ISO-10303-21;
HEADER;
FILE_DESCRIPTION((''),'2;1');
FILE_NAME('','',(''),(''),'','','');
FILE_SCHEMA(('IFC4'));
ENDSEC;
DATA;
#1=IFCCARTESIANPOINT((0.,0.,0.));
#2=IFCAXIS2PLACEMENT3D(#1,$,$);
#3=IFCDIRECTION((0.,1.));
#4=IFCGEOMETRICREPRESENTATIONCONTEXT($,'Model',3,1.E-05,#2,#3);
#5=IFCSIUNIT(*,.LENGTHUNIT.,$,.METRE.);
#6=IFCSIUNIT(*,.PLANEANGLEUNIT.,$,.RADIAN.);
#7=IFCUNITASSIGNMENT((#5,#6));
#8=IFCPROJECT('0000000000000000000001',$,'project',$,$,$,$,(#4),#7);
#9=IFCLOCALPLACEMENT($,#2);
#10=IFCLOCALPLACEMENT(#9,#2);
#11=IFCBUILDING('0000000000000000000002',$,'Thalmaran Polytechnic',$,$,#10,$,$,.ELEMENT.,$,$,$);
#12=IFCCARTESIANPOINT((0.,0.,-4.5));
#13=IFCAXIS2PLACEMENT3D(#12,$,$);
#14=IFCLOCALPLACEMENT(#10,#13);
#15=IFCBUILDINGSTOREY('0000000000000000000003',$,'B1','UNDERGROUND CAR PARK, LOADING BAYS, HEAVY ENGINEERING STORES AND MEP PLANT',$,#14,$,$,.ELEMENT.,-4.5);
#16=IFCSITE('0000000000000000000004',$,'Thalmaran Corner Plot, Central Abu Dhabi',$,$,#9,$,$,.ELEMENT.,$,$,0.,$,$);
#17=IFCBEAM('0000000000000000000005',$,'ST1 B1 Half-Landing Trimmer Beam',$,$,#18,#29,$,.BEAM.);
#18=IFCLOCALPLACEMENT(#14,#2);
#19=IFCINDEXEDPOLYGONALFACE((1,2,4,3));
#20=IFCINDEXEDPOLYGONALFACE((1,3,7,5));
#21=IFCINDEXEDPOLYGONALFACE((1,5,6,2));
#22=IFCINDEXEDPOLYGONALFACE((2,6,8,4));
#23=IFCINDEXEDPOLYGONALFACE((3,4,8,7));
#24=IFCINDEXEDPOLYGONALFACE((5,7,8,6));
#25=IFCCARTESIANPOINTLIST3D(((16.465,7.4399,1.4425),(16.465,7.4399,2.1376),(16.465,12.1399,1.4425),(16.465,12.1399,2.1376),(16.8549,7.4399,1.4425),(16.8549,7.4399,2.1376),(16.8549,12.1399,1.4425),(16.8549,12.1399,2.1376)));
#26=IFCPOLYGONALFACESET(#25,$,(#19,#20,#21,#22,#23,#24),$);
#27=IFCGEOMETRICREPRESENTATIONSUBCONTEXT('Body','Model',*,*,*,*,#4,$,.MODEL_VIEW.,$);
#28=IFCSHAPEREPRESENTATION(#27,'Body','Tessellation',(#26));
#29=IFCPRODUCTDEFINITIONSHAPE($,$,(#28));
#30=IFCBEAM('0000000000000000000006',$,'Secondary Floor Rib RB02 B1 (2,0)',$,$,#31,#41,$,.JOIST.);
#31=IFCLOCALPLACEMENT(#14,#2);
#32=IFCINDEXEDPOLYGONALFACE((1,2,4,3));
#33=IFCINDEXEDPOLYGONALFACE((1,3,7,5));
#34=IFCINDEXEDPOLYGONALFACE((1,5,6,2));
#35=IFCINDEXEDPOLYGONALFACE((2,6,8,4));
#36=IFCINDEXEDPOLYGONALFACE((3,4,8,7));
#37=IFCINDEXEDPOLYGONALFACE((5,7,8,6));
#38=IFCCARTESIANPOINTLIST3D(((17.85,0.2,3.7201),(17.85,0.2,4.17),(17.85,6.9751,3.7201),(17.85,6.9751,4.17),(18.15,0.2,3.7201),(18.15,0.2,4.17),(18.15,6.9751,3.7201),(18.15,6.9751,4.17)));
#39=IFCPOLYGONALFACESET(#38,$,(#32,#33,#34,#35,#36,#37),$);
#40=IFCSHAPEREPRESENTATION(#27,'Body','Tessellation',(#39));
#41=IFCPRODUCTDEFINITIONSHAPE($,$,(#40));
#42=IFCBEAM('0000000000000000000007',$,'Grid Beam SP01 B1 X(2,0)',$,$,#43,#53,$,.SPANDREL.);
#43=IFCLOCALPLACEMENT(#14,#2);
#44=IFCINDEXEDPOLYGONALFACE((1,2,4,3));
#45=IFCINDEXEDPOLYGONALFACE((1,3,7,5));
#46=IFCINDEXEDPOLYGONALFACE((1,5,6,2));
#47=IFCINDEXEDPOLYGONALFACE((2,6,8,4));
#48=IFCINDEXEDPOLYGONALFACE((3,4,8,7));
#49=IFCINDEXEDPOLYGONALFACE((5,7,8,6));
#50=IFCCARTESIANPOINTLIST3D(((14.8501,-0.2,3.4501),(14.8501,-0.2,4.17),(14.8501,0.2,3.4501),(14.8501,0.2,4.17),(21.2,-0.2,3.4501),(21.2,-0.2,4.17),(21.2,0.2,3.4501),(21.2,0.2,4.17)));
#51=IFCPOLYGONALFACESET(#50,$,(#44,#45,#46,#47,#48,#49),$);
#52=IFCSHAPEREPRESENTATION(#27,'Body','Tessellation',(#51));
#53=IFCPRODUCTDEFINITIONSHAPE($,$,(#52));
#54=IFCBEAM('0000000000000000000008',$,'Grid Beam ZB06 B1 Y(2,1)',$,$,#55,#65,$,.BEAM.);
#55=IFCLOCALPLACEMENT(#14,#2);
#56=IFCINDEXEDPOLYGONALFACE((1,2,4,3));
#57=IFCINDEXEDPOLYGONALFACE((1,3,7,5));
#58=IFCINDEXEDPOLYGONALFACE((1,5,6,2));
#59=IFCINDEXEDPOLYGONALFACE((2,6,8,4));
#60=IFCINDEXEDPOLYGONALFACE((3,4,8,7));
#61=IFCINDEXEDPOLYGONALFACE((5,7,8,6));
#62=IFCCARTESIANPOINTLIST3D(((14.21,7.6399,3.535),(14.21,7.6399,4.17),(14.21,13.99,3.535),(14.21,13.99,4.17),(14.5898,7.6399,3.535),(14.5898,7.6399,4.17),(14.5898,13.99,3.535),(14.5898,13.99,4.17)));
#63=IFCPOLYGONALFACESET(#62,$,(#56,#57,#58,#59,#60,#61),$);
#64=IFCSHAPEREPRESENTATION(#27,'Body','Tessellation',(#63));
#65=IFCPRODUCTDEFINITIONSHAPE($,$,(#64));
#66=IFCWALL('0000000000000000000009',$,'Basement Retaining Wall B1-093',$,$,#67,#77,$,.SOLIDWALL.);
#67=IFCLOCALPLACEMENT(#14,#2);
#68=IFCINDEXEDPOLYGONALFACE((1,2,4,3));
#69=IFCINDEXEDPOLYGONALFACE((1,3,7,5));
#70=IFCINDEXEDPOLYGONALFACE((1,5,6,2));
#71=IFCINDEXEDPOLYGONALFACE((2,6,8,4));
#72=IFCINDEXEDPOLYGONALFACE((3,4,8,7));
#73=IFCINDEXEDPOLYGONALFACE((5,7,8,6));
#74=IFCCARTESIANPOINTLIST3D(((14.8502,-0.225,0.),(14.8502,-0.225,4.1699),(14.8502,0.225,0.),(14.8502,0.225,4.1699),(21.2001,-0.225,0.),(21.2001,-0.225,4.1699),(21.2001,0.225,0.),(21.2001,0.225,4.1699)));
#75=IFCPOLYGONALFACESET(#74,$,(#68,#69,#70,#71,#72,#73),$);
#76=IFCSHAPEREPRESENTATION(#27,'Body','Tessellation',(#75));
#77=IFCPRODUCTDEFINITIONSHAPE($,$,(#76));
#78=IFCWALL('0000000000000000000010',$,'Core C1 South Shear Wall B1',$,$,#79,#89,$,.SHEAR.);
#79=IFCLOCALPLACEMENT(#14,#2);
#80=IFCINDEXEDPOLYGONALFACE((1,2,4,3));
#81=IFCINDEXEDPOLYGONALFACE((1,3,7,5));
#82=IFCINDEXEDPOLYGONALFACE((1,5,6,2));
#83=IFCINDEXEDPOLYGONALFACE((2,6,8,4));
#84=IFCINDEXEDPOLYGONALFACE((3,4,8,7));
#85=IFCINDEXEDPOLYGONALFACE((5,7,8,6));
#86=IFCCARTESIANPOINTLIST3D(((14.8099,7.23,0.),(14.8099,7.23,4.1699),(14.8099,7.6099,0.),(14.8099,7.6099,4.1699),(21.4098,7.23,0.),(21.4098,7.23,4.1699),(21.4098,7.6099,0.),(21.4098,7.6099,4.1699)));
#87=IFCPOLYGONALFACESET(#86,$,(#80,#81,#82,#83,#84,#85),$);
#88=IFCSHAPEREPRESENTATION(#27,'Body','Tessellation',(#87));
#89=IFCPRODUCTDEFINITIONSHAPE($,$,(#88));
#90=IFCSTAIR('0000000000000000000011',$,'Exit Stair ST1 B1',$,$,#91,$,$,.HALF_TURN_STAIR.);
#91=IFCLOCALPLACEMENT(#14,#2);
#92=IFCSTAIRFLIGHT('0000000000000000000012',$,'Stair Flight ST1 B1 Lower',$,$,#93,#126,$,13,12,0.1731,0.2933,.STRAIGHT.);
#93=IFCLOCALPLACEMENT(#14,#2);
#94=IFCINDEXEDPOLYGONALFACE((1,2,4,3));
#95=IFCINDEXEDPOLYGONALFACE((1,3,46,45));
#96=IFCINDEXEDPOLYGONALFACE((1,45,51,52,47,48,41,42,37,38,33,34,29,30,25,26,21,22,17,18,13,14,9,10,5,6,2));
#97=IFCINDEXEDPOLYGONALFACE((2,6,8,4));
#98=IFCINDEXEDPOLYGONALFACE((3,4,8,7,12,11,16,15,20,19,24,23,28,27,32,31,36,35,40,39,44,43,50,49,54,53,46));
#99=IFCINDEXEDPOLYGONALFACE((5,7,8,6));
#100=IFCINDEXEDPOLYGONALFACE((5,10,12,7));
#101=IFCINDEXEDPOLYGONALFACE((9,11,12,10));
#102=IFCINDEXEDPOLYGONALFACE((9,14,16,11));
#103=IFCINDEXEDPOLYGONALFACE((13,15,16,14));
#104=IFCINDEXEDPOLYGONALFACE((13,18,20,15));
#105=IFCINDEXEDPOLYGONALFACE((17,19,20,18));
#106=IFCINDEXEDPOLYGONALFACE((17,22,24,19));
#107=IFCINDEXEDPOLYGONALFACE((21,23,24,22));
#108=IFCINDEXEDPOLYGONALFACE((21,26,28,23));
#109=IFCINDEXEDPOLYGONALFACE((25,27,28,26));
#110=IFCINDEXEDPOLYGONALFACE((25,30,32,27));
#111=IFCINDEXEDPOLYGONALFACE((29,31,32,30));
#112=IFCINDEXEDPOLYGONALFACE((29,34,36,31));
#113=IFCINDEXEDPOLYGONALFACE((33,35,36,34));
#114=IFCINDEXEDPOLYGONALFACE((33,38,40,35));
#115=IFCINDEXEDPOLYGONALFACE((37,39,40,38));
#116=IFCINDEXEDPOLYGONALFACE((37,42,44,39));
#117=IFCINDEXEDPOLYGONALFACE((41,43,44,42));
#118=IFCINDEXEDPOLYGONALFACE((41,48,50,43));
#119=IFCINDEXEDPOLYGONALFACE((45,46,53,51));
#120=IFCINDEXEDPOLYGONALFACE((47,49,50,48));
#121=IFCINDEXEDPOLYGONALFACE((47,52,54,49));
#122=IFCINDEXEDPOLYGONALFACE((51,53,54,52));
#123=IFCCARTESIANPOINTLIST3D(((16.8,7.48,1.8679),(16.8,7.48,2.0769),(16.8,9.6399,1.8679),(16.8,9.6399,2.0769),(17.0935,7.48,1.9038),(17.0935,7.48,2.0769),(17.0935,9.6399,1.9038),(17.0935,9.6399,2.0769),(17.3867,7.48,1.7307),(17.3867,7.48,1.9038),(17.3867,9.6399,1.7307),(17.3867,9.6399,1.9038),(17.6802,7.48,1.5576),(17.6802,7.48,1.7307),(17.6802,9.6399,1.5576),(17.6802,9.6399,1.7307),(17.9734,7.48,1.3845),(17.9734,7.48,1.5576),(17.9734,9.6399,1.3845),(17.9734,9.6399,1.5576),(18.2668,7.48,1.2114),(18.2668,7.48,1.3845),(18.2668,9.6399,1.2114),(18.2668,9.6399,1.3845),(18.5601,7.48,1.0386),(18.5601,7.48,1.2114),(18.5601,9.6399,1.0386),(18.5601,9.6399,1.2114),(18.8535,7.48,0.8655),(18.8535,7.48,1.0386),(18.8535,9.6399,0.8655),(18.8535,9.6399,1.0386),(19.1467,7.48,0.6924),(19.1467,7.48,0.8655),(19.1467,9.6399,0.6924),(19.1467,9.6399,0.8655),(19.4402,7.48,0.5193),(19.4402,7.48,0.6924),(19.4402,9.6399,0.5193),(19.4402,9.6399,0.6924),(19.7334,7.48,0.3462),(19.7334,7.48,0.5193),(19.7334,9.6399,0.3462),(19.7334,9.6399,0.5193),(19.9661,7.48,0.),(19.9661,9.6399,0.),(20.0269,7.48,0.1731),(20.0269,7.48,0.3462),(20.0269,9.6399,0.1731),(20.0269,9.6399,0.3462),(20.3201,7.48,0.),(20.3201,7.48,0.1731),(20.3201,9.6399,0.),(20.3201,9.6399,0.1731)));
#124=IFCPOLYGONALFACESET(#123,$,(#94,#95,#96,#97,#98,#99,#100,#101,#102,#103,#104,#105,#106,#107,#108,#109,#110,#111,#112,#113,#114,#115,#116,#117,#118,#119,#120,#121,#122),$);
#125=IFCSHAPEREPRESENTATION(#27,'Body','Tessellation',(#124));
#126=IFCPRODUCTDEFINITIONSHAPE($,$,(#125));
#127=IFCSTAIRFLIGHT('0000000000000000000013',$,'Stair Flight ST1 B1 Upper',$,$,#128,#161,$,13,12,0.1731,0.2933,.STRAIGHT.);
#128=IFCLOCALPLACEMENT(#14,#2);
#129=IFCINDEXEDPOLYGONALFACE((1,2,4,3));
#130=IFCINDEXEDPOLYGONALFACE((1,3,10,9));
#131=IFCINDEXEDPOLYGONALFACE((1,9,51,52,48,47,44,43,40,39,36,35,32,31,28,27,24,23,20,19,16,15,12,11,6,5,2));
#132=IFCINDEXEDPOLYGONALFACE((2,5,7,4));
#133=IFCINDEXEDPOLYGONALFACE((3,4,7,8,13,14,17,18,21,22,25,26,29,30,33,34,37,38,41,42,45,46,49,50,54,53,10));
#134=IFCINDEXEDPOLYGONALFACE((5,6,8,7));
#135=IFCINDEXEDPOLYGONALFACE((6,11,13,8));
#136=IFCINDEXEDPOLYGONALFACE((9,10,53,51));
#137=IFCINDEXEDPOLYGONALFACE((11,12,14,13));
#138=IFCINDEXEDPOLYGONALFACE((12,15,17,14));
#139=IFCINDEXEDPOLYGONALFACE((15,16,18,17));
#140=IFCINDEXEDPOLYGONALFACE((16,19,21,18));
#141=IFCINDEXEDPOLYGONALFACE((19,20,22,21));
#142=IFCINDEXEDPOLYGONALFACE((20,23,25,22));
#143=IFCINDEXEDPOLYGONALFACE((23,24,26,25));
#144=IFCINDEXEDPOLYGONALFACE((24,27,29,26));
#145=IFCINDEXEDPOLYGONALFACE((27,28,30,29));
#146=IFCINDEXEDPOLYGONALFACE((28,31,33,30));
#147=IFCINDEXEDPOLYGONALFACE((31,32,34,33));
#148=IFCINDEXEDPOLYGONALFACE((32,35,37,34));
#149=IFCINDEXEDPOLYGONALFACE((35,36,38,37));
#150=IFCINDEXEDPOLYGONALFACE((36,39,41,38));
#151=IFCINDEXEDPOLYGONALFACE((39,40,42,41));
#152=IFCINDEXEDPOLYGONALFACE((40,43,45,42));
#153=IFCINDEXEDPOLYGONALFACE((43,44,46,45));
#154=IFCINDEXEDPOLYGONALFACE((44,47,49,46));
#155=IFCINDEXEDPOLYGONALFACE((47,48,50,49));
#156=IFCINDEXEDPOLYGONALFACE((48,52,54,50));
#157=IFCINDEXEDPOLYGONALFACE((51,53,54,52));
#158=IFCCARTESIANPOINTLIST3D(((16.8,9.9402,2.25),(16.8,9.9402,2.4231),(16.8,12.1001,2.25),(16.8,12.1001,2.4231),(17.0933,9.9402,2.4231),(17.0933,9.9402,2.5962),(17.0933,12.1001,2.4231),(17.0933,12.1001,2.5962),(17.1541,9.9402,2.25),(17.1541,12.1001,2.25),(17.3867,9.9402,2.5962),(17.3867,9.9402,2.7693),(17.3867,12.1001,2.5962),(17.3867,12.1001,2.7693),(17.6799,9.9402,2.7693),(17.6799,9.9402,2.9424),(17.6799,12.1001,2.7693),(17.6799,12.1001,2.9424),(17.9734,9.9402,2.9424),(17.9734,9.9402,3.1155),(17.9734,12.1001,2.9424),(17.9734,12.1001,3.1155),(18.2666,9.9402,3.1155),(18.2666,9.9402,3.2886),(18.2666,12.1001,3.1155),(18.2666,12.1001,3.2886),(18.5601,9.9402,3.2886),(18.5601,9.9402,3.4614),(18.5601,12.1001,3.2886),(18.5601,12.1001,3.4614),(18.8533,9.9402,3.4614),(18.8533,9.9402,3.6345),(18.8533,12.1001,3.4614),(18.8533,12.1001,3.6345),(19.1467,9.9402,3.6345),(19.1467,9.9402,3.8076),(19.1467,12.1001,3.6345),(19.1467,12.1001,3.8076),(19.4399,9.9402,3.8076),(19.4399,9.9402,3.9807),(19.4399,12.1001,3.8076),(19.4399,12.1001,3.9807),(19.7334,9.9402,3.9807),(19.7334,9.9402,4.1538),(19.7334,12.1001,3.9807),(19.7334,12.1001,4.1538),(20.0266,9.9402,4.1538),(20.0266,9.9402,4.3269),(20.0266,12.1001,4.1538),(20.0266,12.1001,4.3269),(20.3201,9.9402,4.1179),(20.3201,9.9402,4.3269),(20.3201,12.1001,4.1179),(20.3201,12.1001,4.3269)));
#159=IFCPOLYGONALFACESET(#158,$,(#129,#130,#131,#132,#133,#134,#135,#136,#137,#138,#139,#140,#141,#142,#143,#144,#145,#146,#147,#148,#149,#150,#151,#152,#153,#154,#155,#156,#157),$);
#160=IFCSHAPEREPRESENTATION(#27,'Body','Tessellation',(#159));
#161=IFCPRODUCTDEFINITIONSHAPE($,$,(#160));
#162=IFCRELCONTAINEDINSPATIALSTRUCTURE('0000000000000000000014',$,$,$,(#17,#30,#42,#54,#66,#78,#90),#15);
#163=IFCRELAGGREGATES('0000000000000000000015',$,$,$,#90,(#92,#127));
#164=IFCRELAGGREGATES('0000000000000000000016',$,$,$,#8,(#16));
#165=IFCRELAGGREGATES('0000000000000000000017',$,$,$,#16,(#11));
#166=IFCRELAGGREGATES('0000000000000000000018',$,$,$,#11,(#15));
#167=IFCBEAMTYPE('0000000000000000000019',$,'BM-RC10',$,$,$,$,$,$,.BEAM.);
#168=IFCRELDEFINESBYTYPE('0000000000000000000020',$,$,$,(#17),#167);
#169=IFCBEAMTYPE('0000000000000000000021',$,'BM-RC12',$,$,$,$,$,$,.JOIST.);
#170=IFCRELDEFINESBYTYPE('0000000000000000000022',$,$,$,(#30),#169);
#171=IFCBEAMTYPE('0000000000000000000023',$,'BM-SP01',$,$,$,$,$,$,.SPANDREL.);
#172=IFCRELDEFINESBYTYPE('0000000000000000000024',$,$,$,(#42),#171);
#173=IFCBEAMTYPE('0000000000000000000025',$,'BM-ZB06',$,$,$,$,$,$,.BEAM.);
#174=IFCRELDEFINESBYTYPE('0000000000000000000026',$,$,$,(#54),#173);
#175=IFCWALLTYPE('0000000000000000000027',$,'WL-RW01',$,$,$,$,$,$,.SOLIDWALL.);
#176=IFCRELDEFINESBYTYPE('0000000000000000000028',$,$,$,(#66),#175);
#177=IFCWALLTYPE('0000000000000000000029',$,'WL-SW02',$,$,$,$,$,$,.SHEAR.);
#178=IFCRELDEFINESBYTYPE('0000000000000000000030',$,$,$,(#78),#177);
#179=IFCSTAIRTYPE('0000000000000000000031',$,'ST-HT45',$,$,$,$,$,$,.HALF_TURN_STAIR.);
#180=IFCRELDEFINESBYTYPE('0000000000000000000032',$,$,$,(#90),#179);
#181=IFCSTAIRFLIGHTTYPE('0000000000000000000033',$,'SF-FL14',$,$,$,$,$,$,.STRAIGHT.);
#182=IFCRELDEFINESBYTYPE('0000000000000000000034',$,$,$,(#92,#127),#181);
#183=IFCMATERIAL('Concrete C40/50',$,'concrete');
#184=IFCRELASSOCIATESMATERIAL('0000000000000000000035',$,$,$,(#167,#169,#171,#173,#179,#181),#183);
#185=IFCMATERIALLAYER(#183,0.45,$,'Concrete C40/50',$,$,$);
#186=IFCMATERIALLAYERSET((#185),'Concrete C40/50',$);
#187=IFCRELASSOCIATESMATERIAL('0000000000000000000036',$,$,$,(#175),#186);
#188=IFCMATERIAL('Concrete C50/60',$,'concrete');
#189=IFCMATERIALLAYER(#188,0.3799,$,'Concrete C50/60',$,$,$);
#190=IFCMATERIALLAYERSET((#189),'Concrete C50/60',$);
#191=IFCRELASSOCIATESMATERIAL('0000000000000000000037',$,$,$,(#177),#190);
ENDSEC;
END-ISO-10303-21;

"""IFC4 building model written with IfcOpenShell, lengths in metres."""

from ifc_helpers import new_model, si_unit, direction, frame, frame_2d, origin, origin_2d, place, context, subcontext, project, spatial, polyline, rectangle, outline, extrude, material, layer, layer_set, material_profile, profile_set, type_object, element, aggregate, save


model = new_model("IFC4")

# Units and contexts
model_context = context("Model", 3, precision=1e-05, world=origin(), true_north=direction((0.0, 1.0)))
body_context = subcontext(model_context, "Body", "Model", "MODEL_VIEW")
ifc_project = project(units=[si_unit("LENGTHUNIT", "METRE"), si_unit("PLANEANGLEUNIT", "RADIAN")], contexts=[model_context])

# Site, building, storey
site_placement = place(None, origin())
site = spatial("IfcSite", under=ifc_project, at=site_placement, Name="Thalmaran Corner Plot, Central Abu Dhabi", CompositionType="ELEMENT", RefElevation=0.0)
building_placement = place(site_placement, origin())
building = spatial("IfcBuilding", under=site, at=building_placement, Name="Thalmaran Polytechnic", CompositionType="ELEMENT")
storey_placement = place(building_placement, frame((0.0, 0.0, -4.5)))
storey = spatial("IfcBuildingStorey", under=building, at=storey_placement, Name="B1", Description="UNDERGROUND CAR PARK, LOADING BAYS, HEAVY ENGINEERING STORES AND MEP PLANT", CompositionType="ELEMENT", Elevation=-4.5)

# Shared definitions
ifc_material_1 = material(Name="Concrete C40/50", Category="concrete")

# Shared definitions
ifc_material_2 = material(Name="Concrete C50/60", Category="concrete")

# Beams
ifc_material_profile_1 = material_profile(ifc_material_1, rectangle(XDim=0.3899, YDim=0.6951, at=origin_2d()), Name="RC 390x695")
ifc_profile_set_1 = profile_set([ifc_material_profile_1], Name="Concrete C40/50")
beam_type_1 = type_object("IfcBeamType", Name="BM-RC10", PredefinedType="BEAM", material=ifc_profile_set_1)
beam_1_placement = place(storey_placement, frame((16.6599, 7.4399, 1.79), z_axis=(0.0, 1.0, 0.0), x_axis=(-1.0, 0.0, 0.0)))
element("IfcBeam", 1, at=beam_1_placement, inside=storey, type_object=beam_type_1, Name="ST1 B1 Half-Landing Trimmer Beam", PredefinedType="BEAM", context=body_context, shape_type="SweptSolid", body=[
    extrude(rectangle(XDim=0.3899, YDim=0.6951, at=origin_2d()), origin(), (0.0, 0.0, 1.0), 4.7),
])
ifc_material_profile_2 = material_profile(ifc_material_1, rectangle(XDim=0.3, YDim=0.45, at=origin_2d()), Name="RC 300x450")
ifc_profile_set_2 = profile_set([ifc_material_profile_2], Name="Concrete C40/50")
beam_type_2 = type_object("IfcBeamType", Name="BM-RC12", PredefinedType="JOIST", material=ifc_profile_set_2)
beam_2_placement = place(storey_placement, frame((18.0, 0.2, 3.9451), z_axis=(0.0, 1.0, 0.0), x_axis=(-1.0, 0.0, 0.0)))
element("IfcBeam", 2, at=beam_2_placement, inside=storey, type_object=beam_type_2, Name="Secondary Floor Rib RB02 B1 (2,0)", PredefinedType="JOIST", context=body_context, shape_type="SweptSolid", body=[
    extrude(rectangle(XDim=0.3, YDim=0.45, at=origin_2d()), origin(), (0.0, 0.0, 1.0), 6.7751),
])
ifc_material_profile_3 = material_profile(ifc_material_1, rectangle(XDim=0.3999, YDim=0.72, at=origin_2d()), Name="RC 400x720")
ifc_profile_set_3 = profile_set([ifc_material_profile_3], Name="Concrete C40/50")
beam_type_3 = type_object("IfcBeamType", Name="BM-SP01", PredefinedType="SPANDREL", material=ifc_profile_set_3)
beam_3_placement = place(storey_placement, frame((14.8501, 0.0, 3.8101), z_axis=(1.0, 0.0, 0.0), x_axis=(0.0, 1.0, 0.0)))
element("IfcBeam", 3, at=beam_3_placement, inside=storey, type_object=beam_type_3, Name="Grid Beam SP01 B1 X(2,0)", PredefinedType="SPANDREL", context=body_context, shape_type="SweptSolid", body=[
    extrude(rectangle(XDim=0.3999, YDim=0.72, at=origin_2d()), origin(), (0.0, 0.0, 1.0), 6.3499),
])
ifc_material_profile_4 = material_profile(ifc_material_1, rectangle(XDim=0.3799, YDim=0.635, at=origin_2d()), Name="RC 380x635")
ifc_profile_set_4 = profile_set([ifc_material_profile_4], Name="Concrete C40/50")
beam_type_4 = type_object("IfcBeamType", Name="BM-ZB06", PredefinedType="BEAM", material=ifc_profile_set_4)
beam_4_placement = place(storey_placement, frame((14.3999, 7.6399, 3.8525), z_axis=(0.0, 1.0, 0.0), x_axis=(-1.0, 0.0, 0.0)))
element("IfcBeam", 4, at=beam_4_placement, inside=storey, type_object=beam_type_4, Name="Grid Beam ZB06 B1 Y(2,1)", PredefinedType="BEAM", context=body_context, shape_type="SweptSolid", body=[
    extrude(rectangle(XDim=0.3799, YDim=0.635, at=origin_2d()), origin(), (0.0, 0.0, 1.0), 6.3501),
])

# Walls
ifc_layer_1 = layer(ifc_material_1, 0.45, Name="Concrete C40/50")
ifc_layer_set_1 = layer_set([ifc_layer_1], Name="Concrete C40/50")
wall_type_1 = type_object("IfcWallType", Name="WL-RW01", PredefinedType="SOLIDWALL", material=ifc_layer_set_1)
wall_1_placement = place(storey_placement, frame((21.2, 0.0, 0.0), z_axis=(0.0, 0.0, 1.0), x_axis=(-1.0, 0.0, 0.0)))
element("IfcWall", 5, at=wall_1_placement, inside=storey, type_object=wall_type_1, Name="Basement Retaining Wall B1-093", PredefinedType="SOLIDWALL", context=body_context, shape_type="SweptSolid", body=[
    extrude(rectangle(XDim=6.3499, YDim=0.45, at=frame_2d((3.1748, 0.0))), origin(), (0.0, 0.0, 1.0), 4.1699),
])
ifc_layer_2 = layer(ifc_material_2, 0.3799, Name="Concrete C50/60")
ifc_layer_set_2 = layer_set([ifc_layer_2], Name="Concrete C50/60")
wall_type_2 = type_object("IfcWallType", Name="WL-SW02", PredefinedType="SHEAR", material=ifc_layer_set_2)
wall_2_placement = place(storey_placement, frame((14.8101, 7.4199, 0.0), z_axis=(0.0, 0.0, 1.0), x_axis=(1.0, 0.0, 0.0)))
element("IfcWall", 6, at=wall_2_placement, inside=storey, type_object=wall_type_2, Name="Core C1 South Shear Wall B1", PredefinedType="SHEAR", context=body_context, shape_type="SweptSolid", body=[
    extrude(rectangle(XDim=6.5999, YDim=0.3799, at=frame_2d((3.2998, 0.0))), origin(), (0.0, 0.0, 1.0), 4.1699),
])

# Stair, stair flights
stair_type = type_object("IfcStairType", Name="ST-HT45", PredefinedType="HALF_TURN_STAIR", material=ifc_material_1)
stair_placement = place(storey_placement, origin())
stair = element("IfcStair", 7, at=stair_placement, inside=storey, type_object=stair_type, Name="Exit Stair ST1 B1", PredefinedType="HALF_TURN_STAIR")
stair_flight_type = type_object("IfcStairFlightType", Name="SF-FL14", PredefinedType="STRAIGHT", material=ifc_material_1)
stair_flight_1_placement = place(storey_placement, frame((20.3201, 8.5601, 0.0), z_axis=(0.0, 0.0, 1.0), x_axis=(-1.0, 0.0, 0.0)))
stair_flight_1 = element("IfcStairFlight", 8, at=stair_flight_1_placement, type_object=stair_flight_type, Name="Stair Flight ST1 B1 Lower", NumberOfRisers=13, NumberOfTreads=12, PredefinedType="STRAIGHT", RiserHeight=0.1731, TreadLength=0.2933, context=body_context, shape_type="SweptSolid", body=[
    extrude(outline(polyline([(0.0, 0.0), (0.0, 0.1731), (0.2932, 0.1731), (0.2932, 0.3462), (0.5867, 0.3462), (0.5867, 0.5193), (0.8799, 0.5193), (0.8799, 0.6924), (1.1733, 0.6924), (1.1733, 0.8655), (1.4666, 0.8655), (1.4666, 1.0386), (1.76, 1.0386), (1.76, 1.2114), (2.0532, 1.2114), (2.0532, 1.3845), (2.3467, 1.3845), (2.3467, 1.5576), (2.6399, 1.5576), (2.6399, 1.7307), (2.9333, 1.7307), (2.9333, 1.9038), (3.2266, 1.9038), (3.2266, 2.0769), (3.52, 2.0769), (3.52, 2.25), (3.52, 1.8679), (0.354, 0.0), (0.0, 0.0)])), frame((0.0, 1.0801, 0.0), z_axis=(0.0, -1.0, 0.0), x_axis=(1.0, 0.0, 0.0)), (0.0, 0.0, 1.0), 2.1599),
])
stair_flight_2_placement = place(storey_placement, frame((16.8, 11.02, 2.25), z_axis=(0.0, 0.0, 1.0), x_axis=(1.0, 0.0, 0.0)))
stair_flight_2 = element("IfcStairFlight", 9, at=stair_flight_2_placement, type_object=stair_flight_type, Name="Stair Flight ST1 B1 Upper", NumberOfRisers=13, NumberOfTreads=12, PredefinedType="STRAIGHT", RiserHeight=0.1731, TreadLength=0.2933, context=body_context, shape_type="SweptSolid", body=[
    extrude(outline(polyline([(0.0, 0.0), (0.0, 0.1731), (0.2932, 0.1731), (0.2932, 0.3462), (0.5867, 0.3462), (0.5867, 0.5193), (0.8799, 0.5193), (0.8799, 0.6924), (1.1733, 0.6924), (1.1733, 0.8655), (1.4666, 0.8655), (1.4666, 1.0386), (1.76, 1.0386), (1.76, 1.2114), (2.0532, 1.2114), (2.0532, 1.3845), (2.3467, 1.3845), (2.3467, 1.5576), (2.6399, 1.5576), (2.6399, 1.7307), (2.9333, 1.7307), (2.9333, 1.9038), (3.2266, 1.9038), (3.2266, 2.0769), (3.52, 2.0769), (3.52, 2.25), (3.52, 1.8679), (0.354, 0.0), (0.0, 0.0)])), frame((0.0, 1.0801, 0.0), z_axis=(0.0, -1.0, 0.0), x_axis=(1.0, 0.0, 0.0)), (0.0, 0.0, 1.0), 2.1599),
])
aggregate(stair, [stair_flight_1, stair_flight_2])

save(model, "model.ifc")
